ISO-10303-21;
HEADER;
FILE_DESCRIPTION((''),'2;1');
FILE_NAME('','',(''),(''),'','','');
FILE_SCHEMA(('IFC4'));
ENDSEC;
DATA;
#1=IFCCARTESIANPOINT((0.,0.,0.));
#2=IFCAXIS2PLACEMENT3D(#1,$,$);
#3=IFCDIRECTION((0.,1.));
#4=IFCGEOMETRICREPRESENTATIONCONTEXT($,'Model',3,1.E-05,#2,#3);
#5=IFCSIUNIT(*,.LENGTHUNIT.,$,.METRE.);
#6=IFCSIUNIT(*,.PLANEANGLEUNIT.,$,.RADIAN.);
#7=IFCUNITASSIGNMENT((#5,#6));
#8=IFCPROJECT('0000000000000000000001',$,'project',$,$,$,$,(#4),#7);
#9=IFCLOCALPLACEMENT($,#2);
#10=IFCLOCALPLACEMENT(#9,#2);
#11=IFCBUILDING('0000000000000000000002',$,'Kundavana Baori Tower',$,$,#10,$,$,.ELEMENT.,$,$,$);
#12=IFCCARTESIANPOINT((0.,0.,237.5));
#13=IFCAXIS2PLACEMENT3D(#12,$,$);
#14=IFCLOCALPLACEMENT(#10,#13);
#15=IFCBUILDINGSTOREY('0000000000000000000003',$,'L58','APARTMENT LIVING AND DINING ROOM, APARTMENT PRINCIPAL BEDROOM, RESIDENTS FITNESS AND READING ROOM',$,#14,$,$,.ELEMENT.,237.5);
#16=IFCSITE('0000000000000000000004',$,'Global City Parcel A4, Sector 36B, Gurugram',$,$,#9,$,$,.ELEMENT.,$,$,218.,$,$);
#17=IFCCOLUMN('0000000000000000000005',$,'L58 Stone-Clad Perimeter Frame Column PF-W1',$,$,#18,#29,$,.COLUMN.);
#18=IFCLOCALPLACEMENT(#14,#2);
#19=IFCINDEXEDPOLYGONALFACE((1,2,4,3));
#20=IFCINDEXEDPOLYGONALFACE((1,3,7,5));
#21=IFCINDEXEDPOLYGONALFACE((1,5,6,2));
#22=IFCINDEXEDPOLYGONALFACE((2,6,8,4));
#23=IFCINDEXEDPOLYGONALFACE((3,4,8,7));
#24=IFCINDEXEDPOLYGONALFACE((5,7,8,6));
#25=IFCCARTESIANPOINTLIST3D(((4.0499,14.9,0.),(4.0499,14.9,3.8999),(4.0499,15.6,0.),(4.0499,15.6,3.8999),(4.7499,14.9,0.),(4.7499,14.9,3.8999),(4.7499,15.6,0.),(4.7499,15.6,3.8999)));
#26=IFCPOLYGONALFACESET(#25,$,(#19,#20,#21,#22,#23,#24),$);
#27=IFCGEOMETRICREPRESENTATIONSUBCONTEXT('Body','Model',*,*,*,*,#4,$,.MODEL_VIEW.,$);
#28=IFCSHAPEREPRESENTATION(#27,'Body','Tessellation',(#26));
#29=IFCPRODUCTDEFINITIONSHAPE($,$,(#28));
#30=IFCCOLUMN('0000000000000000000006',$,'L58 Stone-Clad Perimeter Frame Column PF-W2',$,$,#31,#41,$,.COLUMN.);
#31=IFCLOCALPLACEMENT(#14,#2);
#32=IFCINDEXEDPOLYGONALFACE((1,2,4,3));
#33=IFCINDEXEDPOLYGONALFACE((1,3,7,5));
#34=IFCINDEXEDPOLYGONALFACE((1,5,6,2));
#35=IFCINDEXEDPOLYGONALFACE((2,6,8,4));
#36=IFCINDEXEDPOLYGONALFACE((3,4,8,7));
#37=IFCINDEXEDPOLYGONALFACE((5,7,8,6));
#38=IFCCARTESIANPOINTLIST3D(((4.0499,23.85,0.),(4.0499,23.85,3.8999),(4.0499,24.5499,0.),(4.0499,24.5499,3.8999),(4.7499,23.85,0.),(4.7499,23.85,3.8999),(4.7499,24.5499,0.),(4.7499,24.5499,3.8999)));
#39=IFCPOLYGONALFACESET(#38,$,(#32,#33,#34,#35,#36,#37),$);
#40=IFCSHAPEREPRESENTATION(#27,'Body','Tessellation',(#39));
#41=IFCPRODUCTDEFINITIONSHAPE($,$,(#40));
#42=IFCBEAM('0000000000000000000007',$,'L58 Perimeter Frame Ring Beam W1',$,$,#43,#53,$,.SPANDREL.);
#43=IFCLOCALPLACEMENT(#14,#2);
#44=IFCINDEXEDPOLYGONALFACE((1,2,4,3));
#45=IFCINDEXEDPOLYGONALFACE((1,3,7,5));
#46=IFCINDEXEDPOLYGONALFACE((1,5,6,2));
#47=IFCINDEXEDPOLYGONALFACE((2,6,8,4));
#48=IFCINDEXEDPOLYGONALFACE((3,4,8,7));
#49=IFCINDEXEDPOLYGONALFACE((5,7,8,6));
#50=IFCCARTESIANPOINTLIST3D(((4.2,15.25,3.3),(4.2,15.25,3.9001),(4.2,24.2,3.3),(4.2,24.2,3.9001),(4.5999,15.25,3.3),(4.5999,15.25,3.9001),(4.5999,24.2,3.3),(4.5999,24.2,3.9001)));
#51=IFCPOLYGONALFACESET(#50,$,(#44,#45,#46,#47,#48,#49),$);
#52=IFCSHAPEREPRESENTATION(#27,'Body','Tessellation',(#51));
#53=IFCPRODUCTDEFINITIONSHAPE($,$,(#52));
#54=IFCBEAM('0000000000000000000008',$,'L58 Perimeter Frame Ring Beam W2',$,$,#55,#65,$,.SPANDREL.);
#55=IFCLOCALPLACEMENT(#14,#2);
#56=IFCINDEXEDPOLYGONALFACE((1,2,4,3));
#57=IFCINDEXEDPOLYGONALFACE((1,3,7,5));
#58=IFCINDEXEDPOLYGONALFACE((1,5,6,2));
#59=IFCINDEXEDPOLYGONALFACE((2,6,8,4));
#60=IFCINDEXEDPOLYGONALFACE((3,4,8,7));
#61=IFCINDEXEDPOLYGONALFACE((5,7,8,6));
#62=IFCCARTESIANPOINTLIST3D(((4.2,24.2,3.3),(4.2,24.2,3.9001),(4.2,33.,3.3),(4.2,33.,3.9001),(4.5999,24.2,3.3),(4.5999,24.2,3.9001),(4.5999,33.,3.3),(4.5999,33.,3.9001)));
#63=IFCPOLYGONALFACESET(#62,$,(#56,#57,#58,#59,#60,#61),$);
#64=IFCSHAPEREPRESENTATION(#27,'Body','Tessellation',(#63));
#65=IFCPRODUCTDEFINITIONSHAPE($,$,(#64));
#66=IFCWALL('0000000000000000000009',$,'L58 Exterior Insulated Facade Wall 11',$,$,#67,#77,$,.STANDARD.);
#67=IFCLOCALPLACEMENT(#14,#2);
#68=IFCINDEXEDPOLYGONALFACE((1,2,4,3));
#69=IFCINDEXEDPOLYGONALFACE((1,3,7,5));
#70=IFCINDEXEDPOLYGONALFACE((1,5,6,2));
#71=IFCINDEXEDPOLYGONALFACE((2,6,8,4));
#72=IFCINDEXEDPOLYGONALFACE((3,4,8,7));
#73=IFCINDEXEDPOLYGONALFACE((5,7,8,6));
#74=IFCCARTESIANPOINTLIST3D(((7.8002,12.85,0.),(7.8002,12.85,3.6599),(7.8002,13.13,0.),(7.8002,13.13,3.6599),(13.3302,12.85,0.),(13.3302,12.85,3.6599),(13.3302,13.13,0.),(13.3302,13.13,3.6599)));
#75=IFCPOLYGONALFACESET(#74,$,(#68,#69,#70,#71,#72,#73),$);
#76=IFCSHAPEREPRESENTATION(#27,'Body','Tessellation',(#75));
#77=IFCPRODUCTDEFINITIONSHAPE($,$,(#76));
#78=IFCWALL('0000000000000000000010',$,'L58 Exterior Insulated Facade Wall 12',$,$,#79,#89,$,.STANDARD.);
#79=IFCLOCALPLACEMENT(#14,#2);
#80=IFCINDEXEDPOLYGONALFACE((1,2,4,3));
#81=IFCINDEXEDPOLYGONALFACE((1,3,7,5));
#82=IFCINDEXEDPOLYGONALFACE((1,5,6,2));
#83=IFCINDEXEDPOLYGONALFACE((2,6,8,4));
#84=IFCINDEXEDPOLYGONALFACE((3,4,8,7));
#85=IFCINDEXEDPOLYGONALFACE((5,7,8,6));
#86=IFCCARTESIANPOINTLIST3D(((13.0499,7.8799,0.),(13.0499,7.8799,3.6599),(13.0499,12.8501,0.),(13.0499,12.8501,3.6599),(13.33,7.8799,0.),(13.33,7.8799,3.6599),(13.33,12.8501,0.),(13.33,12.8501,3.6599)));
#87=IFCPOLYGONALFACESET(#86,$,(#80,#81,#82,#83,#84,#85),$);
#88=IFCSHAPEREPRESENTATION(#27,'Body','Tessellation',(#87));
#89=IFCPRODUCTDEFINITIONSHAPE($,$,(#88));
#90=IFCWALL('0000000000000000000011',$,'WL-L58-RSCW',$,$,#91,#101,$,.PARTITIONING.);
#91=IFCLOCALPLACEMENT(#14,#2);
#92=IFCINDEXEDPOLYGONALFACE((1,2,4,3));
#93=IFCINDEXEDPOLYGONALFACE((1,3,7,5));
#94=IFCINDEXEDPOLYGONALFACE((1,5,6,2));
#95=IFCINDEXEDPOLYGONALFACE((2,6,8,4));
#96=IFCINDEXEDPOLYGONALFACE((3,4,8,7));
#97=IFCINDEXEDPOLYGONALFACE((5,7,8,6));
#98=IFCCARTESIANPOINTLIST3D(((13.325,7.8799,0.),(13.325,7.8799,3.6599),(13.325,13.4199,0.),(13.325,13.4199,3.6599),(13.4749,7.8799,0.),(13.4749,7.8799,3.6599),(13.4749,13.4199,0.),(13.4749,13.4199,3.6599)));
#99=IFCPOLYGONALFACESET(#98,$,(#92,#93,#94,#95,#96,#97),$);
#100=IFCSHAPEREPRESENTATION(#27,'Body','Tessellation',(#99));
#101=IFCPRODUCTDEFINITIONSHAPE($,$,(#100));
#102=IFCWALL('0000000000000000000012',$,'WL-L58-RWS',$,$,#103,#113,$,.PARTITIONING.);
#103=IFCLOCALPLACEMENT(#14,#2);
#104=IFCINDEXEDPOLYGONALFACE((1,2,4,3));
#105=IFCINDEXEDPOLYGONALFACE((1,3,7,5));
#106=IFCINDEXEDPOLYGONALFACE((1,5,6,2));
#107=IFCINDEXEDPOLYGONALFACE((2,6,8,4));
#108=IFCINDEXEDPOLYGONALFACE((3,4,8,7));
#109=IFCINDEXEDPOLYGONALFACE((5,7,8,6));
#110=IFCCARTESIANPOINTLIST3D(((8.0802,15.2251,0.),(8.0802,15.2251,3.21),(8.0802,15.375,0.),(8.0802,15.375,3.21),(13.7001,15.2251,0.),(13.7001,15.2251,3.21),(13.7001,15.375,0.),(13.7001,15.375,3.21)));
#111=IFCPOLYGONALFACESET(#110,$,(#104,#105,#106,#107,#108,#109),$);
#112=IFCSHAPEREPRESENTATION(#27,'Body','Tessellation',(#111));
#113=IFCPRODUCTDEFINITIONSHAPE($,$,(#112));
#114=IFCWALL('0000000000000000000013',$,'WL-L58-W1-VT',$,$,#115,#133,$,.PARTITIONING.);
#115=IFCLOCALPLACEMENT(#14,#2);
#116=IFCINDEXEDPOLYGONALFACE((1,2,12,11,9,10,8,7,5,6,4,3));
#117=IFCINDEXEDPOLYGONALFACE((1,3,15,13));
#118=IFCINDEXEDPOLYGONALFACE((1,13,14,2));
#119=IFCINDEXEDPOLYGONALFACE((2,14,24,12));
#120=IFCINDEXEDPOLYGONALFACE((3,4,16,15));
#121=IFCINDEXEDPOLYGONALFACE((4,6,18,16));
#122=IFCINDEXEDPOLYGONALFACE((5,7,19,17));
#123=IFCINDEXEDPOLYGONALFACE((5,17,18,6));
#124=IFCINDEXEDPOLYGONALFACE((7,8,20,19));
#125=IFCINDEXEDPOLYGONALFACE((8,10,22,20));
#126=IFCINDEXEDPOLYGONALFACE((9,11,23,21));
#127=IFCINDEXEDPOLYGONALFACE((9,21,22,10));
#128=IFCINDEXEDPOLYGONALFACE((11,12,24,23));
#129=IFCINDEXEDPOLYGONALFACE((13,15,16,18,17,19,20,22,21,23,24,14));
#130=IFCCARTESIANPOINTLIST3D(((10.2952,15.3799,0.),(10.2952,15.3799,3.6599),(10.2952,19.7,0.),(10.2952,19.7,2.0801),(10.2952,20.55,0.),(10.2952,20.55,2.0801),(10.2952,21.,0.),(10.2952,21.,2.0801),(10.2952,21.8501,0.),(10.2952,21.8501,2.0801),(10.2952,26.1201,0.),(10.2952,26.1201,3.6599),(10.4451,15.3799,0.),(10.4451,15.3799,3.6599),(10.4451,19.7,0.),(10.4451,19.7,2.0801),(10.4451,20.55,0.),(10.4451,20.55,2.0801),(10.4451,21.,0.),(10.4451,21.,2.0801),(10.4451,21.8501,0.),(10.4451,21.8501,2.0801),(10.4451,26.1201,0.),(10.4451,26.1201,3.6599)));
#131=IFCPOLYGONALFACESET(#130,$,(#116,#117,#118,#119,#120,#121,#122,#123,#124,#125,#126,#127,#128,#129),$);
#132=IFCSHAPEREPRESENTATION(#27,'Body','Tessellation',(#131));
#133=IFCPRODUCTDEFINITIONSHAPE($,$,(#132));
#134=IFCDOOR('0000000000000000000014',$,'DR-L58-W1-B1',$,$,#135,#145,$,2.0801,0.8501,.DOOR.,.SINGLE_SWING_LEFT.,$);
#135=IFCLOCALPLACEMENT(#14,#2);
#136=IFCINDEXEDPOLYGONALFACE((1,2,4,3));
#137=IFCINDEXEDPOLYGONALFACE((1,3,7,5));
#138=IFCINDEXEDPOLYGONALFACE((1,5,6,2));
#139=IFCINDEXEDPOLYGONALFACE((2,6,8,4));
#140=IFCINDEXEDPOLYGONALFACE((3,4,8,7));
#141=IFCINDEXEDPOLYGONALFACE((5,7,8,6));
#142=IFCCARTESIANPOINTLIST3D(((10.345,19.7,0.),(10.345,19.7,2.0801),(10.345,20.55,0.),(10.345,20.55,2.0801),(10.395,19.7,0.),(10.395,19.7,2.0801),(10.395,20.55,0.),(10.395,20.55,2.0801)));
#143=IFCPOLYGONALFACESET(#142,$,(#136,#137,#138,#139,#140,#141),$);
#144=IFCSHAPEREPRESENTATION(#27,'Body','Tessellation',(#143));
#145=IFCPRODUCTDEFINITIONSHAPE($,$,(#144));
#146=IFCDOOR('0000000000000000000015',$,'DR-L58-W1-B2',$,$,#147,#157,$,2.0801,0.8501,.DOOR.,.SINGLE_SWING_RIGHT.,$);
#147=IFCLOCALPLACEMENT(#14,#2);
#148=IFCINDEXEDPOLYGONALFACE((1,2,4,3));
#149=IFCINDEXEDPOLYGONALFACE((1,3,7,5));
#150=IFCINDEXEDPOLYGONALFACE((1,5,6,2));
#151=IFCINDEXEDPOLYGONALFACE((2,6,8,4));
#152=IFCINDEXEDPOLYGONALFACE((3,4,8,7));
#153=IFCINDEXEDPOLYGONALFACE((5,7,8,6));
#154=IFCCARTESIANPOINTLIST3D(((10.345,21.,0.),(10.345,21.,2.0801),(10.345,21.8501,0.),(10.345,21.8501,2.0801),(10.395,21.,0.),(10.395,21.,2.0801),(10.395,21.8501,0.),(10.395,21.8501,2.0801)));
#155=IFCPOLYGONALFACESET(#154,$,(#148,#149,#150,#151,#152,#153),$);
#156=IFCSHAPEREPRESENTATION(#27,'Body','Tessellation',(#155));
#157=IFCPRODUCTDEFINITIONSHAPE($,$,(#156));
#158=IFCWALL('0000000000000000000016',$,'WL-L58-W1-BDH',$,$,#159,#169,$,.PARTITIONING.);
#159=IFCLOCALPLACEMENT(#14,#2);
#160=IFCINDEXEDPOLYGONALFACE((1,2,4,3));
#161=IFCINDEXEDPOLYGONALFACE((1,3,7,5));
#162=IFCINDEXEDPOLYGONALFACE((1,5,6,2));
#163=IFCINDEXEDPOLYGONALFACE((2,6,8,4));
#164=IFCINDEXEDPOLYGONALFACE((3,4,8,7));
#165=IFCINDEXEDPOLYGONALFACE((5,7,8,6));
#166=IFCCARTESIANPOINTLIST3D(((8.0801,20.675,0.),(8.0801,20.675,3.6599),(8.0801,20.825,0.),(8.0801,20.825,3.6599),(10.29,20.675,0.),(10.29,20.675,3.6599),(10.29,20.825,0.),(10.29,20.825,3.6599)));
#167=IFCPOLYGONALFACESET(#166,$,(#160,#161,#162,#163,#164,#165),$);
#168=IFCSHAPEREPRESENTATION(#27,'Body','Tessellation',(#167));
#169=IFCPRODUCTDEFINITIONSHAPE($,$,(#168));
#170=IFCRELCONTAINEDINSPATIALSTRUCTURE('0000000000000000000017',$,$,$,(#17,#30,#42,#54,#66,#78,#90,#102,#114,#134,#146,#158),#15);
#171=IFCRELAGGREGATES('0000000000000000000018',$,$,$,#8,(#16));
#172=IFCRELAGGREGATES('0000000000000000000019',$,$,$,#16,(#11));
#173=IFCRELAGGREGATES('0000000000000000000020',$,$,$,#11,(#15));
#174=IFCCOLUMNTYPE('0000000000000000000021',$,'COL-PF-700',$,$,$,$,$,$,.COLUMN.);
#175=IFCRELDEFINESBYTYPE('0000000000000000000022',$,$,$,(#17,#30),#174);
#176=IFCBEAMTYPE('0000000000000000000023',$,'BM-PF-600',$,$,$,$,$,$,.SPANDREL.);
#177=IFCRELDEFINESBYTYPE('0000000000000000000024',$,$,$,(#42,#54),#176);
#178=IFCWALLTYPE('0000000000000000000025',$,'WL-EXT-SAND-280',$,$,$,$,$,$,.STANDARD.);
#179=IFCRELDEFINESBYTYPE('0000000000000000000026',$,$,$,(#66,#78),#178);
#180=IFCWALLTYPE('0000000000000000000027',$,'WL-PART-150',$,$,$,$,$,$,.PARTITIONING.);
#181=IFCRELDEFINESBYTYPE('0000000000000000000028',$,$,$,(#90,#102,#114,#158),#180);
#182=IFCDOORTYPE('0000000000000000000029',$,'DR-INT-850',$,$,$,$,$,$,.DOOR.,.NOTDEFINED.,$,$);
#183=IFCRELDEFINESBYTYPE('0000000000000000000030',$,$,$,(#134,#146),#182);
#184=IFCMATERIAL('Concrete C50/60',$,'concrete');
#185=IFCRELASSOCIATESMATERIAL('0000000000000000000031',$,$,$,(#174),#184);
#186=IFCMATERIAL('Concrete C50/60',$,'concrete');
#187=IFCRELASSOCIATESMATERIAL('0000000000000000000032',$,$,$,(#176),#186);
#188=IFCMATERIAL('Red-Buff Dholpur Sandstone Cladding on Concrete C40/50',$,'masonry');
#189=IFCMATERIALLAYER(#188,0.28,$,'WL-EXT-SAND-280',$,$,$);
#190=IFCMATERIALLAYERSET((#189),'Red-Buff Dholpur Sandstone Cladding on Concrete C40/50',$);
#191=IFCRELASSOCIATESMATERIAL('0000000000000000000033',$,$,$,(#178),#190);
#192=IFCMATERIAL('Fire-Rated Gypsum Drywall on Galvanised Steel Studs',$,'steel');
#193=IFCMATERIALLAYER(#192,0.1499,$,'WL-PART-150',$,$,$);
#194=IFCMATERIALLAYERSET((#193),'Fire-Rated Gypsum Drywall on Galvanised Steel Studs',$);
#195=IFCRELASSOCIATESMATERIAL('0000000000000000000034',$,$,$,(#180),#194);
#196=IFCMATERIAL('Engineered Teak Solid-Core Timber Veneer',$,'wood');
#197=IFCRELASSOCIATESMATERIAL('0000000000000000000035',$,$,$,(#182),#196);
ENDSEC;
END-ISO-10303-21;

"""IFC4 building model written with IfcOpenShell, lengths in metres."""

from ifc_helpers import new_model, si_unit, direction, frame, frame_2d, origin, origin_2d, place, context, subcontext, project, spatial, rectangle, extrude, material, layer, layer_set, material_profile, profile_set, type_object, element, fill, save


model = new_model("IFC4")

# Units and contexts
model_context = context("Model", 3, precision=1e-05, world=origin(), true_north=direction((0.0, 1.0)))
body_context = subcontext(model_context, "Body", "Model", "MODEL_VIEW")
ifc_project = project(units=[si_unit("LENGTHUNIT", "METRE"), si_unit("PLANEANGLEUNIT", "RADIAN")], contexts=[model_context])

# Site, building, storey
site_placement = place(None, origin())
site = spatial("IfcSite", under=ifc_project, at=site_placement, Name="Global City Parcel A4, Sector 36B, Gurugram", CompositionType="ELEMENT", RefElevation=218.0)
building_placement = place(site_placement, origin())
building = spatial("IfcBuilding", under=site, at=building_placement, Name="Kundavana Baori Tower", CompositionType="ELEMENT")
storey_placement = place(building_placement, frame((0.0, 0.0, 237.5)))
storey = spatial("IfcBuildingStorey", under=building, at=storey_placement, Name="L58", Description="APARTMENT LIVING AND DINING ROOM, APARTMENT PRINCIPAL BEDROOM, RESIDENTS FITNESS AND READING ROOM", CompositionType="ELEMENT", Elevation=237.5)

# Columns
ifc_material_1 = material(Name="Concrete C50/60", Category="concrete")
ifc_material_profile_1 = material_profile(ifc_material_1, rectangle(XDim=0.7, YDim=0.7, at=origin_2d()), Name="RC PF 700x700")
ifc_profile_set_1 = profile_set([ifc_material_profile_1], Name="Concrete C50/60")
column_type = type_object("IfcColumnType", Name="COL-PF-700", PredefinedType="COLUMN", material=ifc_profile_set_1)
for number, where, z_axis, x_axis, name in (
    (1, (4.3999, 15.25, 0.0), (0.0, 0.0, 1.0), (1.0, 0.0, 0.0), "L58 Stone-Clad Perimeter Frame Column PF-W1"),
    (2, (4.3999, 24.2, 0.0), (0.0, 0.0, 1.0), (1.0, 0.0, 0.0), "L58 Stone-Clad Perimeter Frame Column PF-W2"),
):
    element("IfcColumn", number, at=place(storey_placement, frame(where, z_axis=z_axis, x_axis=x_axis)), inside=storey, type_object=column_type, Name=name, PredefinedType="COLUMN", context=body_context, shape_type="SweptSolid", body=[
        extrude(rectangle(XDim=0.7, YDim=0.7, at=origin_2d()), origin(), (0.0, 0.0, 1.0), 3.8999),
    ])

# Beams
ifc_material_2 = material(Name="Concrete C50/60", Category="concrete")
ifc_material_profile_2 = material_profile(ifc_material_2, rectangle(XDim=0.3999, YDim=0.6001, at=origin_2d()), Name="RC BM 400x600")
ifc_profile_set_2 = profile_set([ifc_material_profile_2], Name="Concrete C50/60")
beam_type = type_object("IfcBeamType", Name="BM-PF-600", PredefinedType="SPANDREL", material=ifc_profile_set_2)
beam_1_placement = place(storey_placement, frame((4.3999, 15.25, 3.6001), z_axis=(0.0, 1.0, 0.0), x_axis=(-1.0, 0.0, 0.0)))
element("IfcBeam", 3, at=beam_1_placement, inside=storey, type_object=beam_type, Name="L58 Perimeter Frame Ring Beam W1", PredefinedType="SPANDREL", context=body_context, shape_type="SweptSolid", body=[
    extrude(rectangle(XDim=0.3999, YDim=0.6001, at=origin_2d()), origin(), (0.0, 0.0, 1.0), 8.95),
])
beam_2_placement = place(storey_placement, frame((4.3999, 24.2, 3.6001), z_axis=(0.0, 1.0, 0.0), x_axis=(-1.0, 0.0, 0.0)))
element("IfcBeam", 4, at=beam_2_placement, inside=storey, type_object=beam_type, Name="L58 Perimeter Frame Ring Beam W2", PredefinedType="SPANDREL", context=body_context, shape_type="SweptSolid", body=[
    extrude(rectangle(XDim=0.3999, YDim=0.6001, at=origin_2d()), origin(), (0.0, 0.0, 1.0), 8.8),
])

# Walls
ifc_material_3 = material(Name="Red-Buff Dholpur Sandstone Cladding on Concrete C40/50", Category="masonry")
ifc_layer_1 = layer(ifc_material_3, 0.28, Name="WL-EXT-SAND-280")
ifc_layer_set_1 = layer_set([ifc_layer_1], Name="Red-Buff Dholpur Sandstone Cladding on Concrete C40/50")
wall_type_1 = type_object("IfcWallType", Name="WL-EXT-SAND-280", PredefinedType="STANDARD", material=ifc_layer_set_1)
wall_1_placement = place(storey_placement, frame((7.8, 12.99, 0.0), z_axis=(0.0, 0.0, 1.0), x_axis=(1.0, 0.0, 0.0)))
element("IfcWall", 5, at=wall_1_placement, inside=storey, type_object=wall_type_1, Name="L58 Exterior Insulated Facade Wall 11", PredefinedType="STANDARD", context=body_context, shape_type="SweptSolid", body=[
    extrude(rectangle(XDim=5.53, YDim=0.28, at=frame_2d((2.7651, 0.0))), origin(), (0.0, 0.0, 1.0), 3.6599),
])
wall_2_placement = place(storey_placement, frame((13.1899, 12.8501, 0.0), z_axis=(0.0, 0.0, 1.0), x_axis=(0.0, -1.0, 0.0)))
element("IfcWall", 6, at=wall_2_placement, inside=storey, type_object=wall_type_1, Name="L58 Exterior Insulated Facade Wall 12", PredefinedType="STANDARD", context=body_context, shape_type="SweptSolid", body=[
    extrude(rectangle(XDim=4.9702, YDim=0.28, at=frame_2d((2.4851, 0.0))), origin(), (0.0, 0.0, 1.0), 3.6599),
])
ifc_material_4 = material(Name="Fire-Rated Gypsum Drywall on Galvanised Steel Studs", Category="steel")
ifc_layer_2 = layer(ifc_material_4, 0.1499, Name="WL-PART-150")
ifc_layer_set_2 = layer_set([ifc_layer_2], Name="Fire-Rated Gypsum Drywall on Galvanised Steel Studs")
wall_type_2 = type_object("IfcWallType", Name="WL-PART-150", PredefinedType="PARTITIONING", material=ifc_layer_set_2)
wall_3_placement = place(storey_placement, frame((13.3999, 7.8799, 0.0), z_axis=(0.0, 0.0, 1.0), x_axis=(0.0, 1.0, 0.0)))
element("IfcWall", 7, at=wall_3_placement, inside=storey, type_object=wall_type_2, Name="WL-L58-RSCW", PredefinedType="PARTITIONING", context=body_context, shape_type="SweptSolid", body=[
    extrude(rectangle(XDim=5.54, YDim=0.1499, at=frame_2d((2.77, 0.0))), origin(), (0.0, 0.0, 1.0), 3.6599),
])
wall_4_placement = place(storey_placement, frame((8.0801, 15.3, 0.0), z_axis=(0.0, 0.0, 1.0), x_axis=(1.0, 0.0, 0.0)))
element("IfcWall", 8, at=wall_4_placement, inside=storey, type_object=wall_type_2, Name="WL-L58-RWS", PredefinedType="PARTITIONING", context=body_context, shape_type="SweptSolid", body=[
    extrude(rectangle(XDim=5.6199, YDim=0.1499, at=frame_2d((2.8101, 0.0))), origin(), (0.0, 0.0, 1.0), 3.21),
])

# Wall, openings, doors
wall_5_placement = place(storey_placement, frame((10.3701, 15.3799, 0.0), z_axis=(0.0, 0.0, 1.0), x_axis=(0.0, 1.0, 0.0)))
wall_5 = element("IfcWall", 9, at=wall_5_placement, inside=storey, type_object=wall_type_2, Name="WL-L58-W1-VT", PredefinedType="PARTITIONING", context=body_context, shape_type="SweptSolid", body=[
    extrude(rectangle(XDim=10.7402, YDim=0.1499, at=frame_2d((5.3701, 0.0))), origin(), (0.0, 0.0, 1.0), 3.6599),
])
opening_1_placement = place(wall_5_placement, frame((4.3201, 0.0, 0.0)))
opening_1 = element("IfcOpeningElement", 10, at=opening_1_placement, cuts=wall_5, PredefinedType="OPENING", context=body_context, shape_type="SweptSolid", body=[
    extrude(rectangle(XDim=0.8501, YDim=2.0801, at=frame_2d((0.425, 1.04))), frame((0.0, 0.085, 0.0), z_axis=(0.0, -1.0, 0.0), x_axis=(1.0, 0.0, 0.0)), (0.0, 0.0, 1.0), 0.1699),
])
opening_2_placement = place(wall_5_placement, frame((5.6201, 0.0, 0.0)))
opening_2 = element("IfcOpeningElement", 11, at=opening_2_placement, cuts=wall_5, PredefinedType="OPENING", context=body_context, shape_type="SweptSolid", body=[
    extrude(rectangle(XDim=0.8501, YDim=2.0801, at=frame_2d((0.425, 1.04))), frame((0.0, 0.085, 0.0), z_axis=(0.0, -1.0, 0.0), x_axis=(1.0, 0.0, 0.0)), (0.0, 0.0, 1.0), 0.1699),
])
ifc_material_5 = material(Name="Engineered Teak Solid-Core Timber Veneer", Category="wood")
door_type_1 = type_object("IfcDoorType", Name="DR-INT-850", OperationType="NOTDEFINED", PredefinedType="DOOR", material=ifc_material_5)
door_1_placement = place(opening_1_placement, frame((0.8501, 0.0, 0.0), z_axis=(0.0, 0.0, 1.0), x_axis=(-1.0, 0.0, 0.0)))
door_1 = element("IfcDoor", 12, at=door_1_placement, inside=storey, type_object=door_type_1, Name="DR-L58-W1-B1", OperationType="SINGLE_SWING_LEFT", OverallHeight=2.0801, OverallWidth=0.8501, PredefinedType="DOOR", context=body_context, shape_type="SweptSolid", body=[
    extrude(rectangle(XDim=0.8501, YDim=2.0801, at=frame_2d((0.425, 1.04))), frame((0.0, 0.0249, 0.0), z_axis=(0.0, -1.0, 0.0), x_axis=(1.0, 0.0, 0.0)), (0.0, 0.0, 1.0), 0.05),
])
fill(opening_1, door_1)
door_2_placement = place(opening_2_placement, frame((0.8501, 0.0, 0.0), z_axis=(0.0, 0.0, 1.0), x_axis=(-1.0, 0.0, 0.0)))
door_2 = element("IfcDoor", 13, at=door_2_placement, inside=storey, type_object=door_type_1, Name="DR-L58-W1-B2", OperationType="SINGLE_SWING_RIGHT", OverallHeight=2.0801, OverallWidth=0.8501, PredefinedType="DOOR", context=body_context, shape_type="SweptSolid", body=[
    extrude(rectangle(XDim=0.8501, YDim=2.0801, at=frame_2d((0.425, 1.04))), frame((0.0, 0.0249, 0.0), z_axis=(0.0, -1.0, 0.0), x_axis=(1.0, 0.0, 0.0)), (0.0, 0.0, 1.0), 0.05),
])
fill(opening_2, door_2)

# Wall
wall_6_placement = place(storey_placement, frame((8.0801, 20.75, 0.0), z_axis=(0.0, 0.0, 1.0), x_axis=(1.0, 0.0, 0.0)))
element("IfcWall", 14, at=wall_6_placement, inside=storey, type_object=wall_type_2, Name="WL-L58-W1-BDH", PredefinedType="PARTITIONING", context=body_context, shape_type="SweptSolid", body=[
    extrude(rectangle(XDim=2.21, YDim=0.1499, at=frame_2d((1.105, 0.0))), origin(), (0.0, 0.0, 1.0), 3.6599),
])

save(model, "model.ifc")
